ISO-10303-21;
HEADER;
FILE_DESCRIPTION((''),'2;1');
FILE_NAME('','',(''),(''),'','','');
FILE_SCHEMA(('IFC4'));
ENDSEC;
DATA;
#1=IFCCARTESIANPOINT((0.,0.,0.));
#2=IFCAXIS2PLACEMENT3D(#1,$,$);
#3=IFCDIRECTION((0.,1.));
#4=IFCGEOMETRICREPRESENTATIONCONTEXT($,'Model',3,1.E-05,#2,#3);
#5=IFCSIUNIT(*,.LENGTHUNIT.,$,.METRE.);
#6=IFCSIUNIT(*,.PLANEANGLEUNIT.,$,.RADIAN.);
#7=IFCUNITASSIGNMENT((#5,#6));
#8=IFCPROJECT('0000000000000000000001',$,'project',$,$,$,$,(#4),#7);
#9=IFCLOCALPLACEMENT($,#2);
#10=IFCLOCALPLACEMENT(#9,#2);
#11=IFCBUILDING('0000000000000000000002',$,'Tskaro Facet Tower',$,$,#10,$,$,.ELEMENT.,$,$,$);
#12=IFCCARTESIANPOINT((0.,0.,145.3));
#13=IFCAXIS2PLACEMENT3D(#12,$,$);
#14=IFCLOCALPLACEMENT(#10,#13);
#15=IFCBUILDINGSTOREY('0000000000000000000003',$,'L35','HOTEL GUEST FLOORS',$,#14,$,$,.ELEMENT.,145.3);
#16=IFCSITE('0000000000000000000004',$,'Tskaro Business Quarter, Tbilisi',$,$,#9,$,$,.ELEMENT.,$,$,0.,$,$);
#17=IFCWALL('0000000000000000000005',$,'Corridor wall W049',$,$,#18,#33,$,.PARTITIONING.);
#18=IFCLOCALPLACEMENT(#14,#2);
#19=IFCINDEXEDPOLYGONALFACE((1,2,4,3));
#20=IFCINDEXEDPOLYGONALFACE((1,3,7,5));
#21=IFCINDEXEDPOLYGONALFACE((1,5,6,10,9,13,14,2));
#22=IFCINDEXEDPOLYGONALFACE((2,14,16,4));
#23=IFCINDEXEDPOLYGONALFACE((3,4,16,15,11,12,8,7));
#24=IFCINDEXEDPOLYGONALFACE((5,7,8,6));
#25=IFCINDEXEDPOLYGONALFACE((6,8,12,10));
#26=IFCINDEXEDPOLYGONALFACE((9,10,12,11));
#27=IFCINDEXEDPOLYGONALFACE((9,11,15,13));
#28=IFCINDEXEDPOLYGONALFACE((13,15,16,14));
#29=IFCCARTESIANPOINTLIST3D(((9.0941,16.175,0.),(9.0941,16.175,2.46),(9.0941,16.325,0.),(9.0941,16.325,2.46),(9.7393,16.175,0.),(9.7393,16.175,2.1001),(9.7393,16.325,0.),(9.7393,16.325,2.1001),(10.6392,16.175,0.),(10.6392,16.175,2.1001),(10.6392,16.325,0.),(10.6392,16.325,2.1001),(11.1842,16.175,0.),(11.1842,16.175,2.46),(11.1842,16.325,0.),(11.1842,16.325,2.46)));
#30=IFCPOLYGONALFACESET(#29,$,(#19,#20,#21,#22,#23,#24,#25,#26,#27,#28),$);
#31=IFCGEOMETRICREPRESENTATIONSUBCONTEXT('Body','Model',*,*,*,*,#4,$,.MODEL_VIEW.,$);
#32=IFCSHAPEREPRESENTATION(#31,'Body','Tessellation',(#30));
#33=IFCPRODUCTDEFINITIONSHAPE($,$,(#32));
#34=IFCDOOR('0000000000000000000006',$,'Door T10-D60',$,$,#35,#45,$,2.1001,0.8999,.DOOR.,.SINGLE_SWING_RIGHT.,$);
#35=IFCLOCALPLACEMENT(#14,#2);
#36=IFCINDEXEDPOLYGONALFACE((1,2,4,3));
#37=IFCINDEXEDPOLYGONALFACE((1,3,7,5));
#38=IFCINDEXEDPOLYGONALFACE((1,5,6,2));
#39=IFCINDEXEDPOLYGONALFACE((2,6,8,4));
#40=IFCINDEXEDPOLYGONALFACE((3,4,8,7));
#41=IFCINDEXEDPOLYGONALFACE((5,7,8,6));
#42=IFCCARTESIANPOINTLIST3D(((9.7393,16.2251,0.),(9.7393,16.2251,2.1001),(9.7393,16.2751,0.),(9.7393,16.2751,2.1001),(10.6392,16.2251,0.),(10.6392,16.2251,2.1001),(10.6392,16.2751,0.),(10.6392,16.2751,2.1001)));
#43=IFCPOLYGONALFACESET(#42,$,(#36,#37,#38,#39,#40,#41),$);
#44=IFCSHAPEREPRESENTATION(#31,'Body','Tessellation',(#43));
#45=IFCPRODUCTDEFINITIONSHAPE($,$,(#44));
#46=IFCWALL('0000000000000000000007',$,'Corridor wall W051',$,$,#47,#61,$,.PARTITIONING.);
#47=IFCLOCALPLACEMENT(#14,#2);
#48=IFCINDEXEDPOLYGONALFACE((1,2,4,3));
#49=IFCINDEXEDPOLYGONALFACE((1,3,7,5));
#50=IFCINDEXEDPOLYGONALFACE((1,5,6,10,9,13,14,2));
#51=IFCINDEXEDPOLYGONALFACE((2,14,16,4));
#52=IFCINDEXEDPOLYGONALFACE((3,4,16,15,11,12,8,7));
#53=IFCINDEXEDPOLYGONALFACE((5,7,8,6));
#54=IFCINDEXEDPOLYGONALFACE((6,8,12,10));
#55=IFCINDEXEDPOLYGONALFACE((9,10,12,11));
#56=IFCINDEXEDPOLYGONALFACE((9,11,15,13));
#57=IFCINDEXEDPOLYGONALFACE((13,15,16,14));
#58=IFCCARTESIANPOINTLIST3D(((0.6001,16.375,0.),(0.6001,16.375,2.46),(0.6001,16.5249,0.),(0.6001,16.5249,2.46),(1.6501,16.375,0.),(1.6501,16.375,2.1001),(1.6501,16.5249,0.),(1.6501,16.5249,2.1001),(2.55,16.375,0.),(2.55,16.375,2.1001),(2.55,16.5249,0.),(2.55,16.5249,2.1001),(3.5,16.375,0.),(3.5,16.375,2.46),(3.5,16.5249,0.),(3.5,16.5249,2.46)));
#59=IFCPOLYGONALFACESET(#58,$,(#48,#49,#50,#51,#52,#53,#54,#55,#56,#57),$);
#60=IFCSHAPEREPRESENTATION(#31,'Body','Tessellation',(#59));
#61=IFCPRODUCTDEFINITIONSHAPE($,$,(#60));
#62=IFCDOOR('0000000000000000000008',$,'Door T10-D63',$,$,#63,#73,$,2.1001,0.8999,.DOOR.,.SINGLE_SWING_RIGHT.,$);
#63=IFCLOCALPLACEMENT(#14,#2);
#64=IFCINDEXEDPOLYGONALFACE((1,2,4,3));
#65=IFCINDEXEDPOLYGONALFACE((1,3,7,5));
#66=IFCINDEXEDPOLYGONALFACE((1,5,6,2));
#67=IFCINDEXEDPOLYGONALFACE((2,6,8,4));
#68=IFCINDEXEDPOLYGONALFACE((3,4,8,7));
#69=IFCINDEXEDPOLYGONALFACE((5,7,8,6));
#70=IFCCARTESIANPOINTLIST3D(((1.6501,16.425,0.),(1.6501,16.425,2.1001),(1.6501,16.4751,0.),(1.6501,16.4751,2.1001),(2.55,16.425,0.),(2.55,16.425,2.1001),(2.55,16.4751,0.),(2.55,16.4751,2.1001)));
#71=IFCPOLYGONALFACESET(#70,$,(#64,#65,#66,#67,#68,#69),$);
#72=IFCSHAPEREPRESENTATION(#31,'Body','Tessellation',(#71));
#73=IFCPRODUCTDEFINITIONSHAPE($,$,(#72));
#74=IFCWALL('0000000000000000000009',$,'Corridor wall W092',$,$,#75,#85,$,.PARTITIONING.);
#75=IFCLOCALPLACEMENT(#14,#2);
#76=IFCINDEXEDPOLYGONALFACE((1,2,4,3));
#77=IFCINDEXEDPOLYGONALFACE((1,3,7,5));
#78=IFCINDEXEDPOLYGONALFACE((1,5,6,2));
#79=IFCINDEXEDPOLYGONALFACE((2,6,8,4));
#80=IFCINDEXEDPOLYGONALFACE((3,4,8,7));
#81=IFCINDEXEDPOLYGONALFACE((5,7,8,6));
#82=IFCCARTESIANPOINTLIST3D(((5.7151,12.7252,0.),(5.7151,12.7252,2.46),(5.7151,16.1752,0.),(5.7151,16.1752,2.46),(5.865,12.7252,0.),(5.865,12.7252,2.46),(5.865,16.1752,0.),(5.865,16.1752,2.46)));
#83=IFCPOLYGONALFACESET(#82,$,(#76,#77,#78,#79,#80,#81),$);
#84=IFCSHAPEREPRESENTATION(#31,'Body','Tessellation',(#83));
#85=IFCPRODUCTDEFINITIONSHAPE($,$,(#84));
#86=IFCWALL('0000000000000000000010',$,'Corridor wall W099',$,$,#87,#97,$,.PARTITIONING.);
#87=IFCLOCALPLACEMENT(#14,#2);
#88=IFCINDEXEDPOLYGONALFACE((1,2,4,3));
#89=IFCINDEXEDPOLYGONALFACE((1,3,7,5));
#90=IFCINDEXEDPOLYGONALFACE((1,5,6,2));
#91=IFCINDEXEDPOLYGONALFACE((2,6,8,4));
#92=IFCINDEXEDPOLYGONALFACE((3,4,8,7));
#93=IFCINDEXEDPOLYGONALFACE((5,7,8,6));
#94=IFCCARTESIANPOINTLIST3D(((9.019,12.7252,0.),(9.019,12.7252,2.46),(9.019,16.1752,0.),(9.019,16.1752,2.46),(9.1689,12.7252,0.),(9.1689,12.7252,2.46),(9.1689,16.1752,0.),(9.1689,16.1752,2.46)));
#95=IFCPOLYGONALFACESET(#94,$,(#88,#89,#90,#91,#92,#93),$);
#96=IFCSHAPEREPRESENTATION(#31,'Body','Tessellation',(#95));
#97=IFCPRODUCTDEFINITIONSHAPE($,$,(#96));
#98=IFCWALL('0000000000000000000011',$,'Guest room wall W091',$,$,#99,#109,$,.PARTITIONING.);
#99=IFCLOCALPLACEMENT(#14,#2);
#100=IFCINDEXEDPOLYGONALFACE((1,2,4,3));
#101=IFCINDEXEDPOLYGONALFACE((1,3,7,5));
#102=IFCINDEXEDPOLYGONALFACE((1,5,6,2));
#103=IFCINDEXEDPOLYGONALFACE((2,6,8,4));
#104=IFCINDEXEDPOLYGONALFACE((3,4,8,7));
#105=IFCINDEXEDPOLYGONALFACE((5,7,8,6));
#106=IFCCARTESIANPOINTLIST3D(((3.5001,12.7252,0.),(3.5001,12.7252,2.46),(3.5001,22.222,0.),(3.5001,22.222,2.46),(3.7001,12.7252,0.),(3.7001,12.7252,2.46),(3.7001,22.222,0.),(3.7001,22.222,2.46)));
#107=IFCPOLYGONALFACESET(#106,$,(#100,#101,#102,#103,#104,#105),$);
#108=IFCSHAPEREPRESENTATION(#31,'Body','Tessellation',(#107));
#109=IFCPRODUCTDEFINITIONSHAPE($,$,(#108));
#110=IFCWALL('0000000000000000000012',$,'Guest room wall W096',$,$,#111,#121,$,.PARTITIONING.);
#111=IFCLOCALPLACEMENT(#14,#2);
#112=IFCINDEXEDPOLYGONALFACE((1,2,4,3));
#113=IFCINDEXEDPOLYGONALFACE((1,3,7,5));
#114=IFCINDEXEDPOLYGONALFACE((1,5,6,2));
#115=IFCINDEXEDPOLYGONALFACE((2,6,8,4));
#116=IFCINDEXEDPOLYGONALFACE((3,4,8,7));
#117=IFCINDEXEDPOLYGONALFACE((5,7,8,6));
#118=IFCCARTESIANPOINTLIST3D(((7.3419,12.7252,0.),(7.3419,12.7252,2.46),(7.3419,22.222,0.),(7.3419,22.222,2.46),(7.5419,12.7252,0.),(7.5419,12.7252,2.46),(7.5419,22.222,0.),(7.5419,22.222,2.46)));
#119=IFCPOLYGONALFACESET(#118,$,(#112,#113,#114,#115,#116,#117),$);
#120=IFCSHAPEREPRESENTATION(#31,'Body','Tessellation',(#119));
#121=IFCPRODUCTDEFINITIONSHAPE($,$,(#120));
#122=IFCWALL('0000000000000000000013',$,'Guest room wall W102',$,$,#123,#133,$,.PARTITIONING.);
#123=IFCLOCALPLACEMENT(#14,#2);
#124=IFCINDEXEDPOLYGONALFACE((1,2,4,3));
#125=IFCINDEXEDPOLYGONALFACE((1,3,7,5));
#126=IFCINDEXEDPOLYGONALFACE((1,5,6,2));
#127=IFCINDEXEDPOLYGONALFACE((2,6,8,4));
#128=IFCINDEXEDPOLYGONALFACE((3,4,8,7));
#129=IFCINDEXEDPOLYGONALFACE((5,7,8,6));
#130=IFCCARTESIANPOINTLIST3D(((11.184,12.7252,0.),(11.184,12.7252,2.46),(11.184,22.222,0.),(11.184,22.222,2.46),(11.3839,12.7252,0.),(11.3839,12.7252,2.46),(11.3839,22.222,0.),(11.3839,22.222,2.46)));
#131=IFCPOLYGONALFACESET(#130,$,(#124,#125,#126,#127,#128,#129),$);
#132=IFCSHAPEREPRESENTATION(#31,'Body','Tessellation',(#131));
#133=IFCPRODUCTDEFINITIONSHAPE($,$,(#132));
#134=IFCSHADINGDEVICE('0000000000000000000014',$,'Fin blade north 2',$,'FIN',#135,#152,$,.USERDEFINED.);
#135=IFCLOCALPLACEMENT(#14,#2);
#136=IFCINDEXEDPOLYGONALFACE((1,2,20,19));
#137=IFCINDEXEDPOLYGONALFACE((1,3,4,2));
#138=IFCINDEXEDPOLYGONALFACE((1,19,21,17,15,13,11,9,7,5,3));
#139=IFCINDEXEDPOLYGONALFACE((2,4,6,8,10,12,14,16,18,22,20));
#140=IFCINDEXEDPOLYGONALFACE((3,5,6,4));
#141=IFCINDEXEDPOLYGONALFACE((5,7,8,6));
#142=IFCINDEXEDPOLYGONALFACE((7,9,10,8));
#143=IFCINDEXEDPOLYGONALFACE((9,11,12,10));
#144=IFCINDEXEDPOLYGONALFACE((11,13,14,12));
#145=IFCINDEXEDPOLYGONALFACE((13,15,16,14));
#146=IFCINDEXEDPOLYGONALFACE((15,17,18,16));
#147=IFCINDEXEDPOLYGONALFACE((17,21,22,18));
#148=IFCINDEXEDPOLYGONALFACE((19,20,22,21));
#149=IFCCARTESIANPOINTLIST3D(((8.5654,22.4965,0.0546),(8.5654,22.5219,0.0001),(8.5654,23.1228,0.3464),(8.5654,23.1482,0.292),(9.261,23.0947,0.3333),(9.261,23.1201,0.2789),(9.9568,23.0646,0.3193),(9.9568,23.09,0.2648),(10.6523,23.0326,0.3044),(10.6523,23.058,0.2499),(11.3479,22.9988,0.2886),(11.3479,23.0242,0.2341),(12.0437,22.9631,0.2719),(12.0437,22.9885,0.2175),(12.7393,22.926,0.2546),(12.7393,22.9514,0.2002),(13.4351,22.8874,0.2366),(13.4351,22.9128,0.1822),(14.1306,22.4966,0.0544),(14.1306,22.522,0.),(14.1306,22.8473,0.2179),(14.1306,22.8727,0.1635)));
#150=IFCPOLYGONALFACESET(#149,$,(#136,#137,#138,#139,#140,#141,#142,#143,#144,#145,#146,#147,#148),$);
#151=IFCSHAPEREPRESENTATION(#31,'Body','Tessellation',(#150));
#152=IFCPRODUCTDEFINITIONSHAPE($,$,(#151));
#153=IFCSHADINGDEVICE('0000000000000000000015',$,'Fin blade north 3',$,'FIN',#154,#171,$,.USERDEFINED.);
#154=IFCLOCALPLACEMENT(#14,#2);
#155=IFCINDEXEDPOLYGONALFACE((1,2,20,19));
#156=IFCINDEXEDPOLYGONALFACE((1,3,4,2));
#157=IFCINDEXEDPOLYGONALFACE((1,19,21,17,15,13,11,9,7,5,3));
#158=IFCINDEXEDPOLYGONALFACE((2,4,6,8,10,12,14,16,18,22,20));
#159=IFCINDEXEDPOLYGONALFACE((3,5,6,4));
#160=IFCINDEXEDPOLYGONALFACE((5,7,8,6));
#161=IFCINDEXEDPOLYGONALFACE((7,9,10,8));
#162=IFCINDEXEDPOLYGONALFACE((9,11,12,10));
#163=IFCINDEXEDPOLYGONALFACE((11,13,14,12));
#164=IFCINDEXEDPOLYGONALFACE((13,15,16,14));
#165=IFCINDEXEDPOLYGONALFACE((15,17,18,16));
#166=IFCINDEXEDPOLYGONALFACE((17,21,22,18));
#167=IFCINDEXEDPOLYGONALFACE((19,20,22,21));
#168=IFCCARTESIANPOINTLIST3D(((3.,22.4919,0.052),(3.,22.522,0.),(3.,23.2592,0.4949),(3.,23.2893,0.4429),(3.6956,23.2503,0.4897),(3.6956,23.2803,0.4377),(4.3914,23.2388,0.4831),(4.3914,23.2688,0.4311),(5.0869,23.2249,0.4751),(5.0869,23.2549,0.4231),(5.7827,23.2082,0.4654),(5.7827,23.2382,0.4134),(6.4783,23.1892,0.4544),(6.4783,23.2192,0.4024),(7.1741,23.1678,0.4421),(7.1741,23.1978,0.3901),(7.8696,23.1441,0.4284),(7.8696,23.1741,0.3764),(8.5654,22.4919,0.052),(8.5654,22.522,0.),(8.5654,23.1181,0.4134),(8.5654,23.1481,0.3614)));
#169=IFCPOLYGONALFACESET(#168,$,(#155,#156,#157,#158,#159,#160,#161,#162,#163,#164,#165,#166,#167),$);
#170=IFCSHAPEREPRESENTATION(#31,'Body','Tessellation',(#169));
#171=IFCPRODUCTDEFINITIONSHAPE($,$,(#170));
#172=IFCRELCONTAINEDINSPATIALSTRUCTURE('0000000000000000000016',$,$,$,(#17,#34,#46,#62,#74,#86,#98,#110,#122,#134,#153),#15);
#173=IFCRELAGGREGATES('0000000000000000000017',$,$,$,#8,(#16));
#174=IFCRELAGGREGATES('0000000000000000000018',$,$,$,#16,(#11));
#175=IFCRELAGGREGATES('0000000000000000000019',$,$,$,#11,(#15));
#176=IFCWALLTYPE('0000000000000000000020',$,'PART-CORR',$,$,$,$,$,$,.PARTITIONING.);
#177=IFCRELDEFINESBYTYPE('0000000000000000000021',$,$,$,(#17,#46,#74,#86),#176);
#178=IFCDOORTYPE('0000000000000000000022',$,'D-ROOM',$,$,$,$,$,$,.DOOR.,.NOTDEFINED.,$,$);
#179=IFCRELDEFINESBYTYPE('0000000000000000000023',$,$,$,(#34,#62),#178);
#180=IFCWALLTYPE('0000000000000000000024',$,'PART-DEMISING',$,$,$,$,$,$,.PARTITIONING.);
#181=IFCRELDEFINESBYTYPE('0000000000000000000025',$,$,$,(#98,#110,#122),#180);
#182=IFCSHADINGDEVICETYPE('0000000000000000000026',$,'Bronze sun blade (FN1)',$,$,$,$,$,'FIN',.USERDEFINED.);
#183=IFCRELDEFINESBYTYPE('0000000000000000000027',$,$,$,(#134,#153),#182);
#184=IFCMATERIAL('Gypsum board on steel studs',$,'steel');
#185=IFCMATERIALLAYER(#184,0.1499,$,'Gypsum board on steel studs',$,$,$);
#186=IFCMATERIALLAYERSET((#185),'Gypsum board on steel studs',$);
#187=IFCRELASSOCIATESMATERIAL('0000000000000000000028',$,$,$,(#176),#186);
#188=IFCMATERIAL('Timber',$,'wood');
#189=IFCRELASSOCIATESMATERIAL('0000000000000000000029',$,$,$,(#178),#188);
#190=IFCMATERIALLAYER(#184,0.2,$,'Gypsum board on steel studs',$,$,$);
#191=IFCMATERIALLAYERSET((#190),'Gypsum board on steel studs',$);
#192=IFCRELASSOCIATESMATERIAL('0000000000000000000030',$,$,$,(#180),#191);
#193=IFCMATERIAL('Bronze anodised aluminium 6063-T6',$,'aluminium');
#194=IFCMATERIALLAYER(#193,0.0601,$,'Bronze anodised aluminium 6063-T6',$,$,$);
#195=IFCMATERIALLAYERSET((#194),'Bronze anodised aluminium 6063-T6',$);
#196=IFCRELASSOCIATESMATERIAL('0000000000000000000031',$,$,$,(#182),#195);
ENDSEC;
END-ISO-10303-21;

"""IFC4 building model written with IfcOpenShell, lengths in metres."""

from ifc_helpers import new_model, si_unit, direction, frame, frame_2d, origin, place, context, subcontext, project, spatial, polyline, rectangle, outline, extrude, material, layer, layer_set, type_object, element, fill, save


model = new_model("IFC4")

# Units and contexts
model_context = context("Model", 3, precision=1e-05, world=origin(), true_north=direction((0.0, 1.0)))
body_context = subcontext(model_context, "Body", "Model", "MODEL_VIEW")
ifc_project = project(units=[si_unit("LENGTHUNIT", "METRE"), si_unit("PLANEANGLEUNIT", "RADIAN")], contexts=[model_context])

# Site, building, storey
site_placement = place(None, origin())
site = spatial("IfcSite", under=ifc_project, at=site_placement, Name="Tskaro Business Quarter, Tbilisi", CompositionType="ELEMENT", RefElevation=0.0)
building_placement = place(site_placement, origin())
building = spatial("IfcBuilding", under=site, at=building_placement, Name="Tskaro Facet Tower", CompositionType="ELEMENT")
storey_placement = place(building_placement, frame((0.0, 0.0, 145.3)))
storey = spatial("IfcBuildingStorey", under=building, at=storey_placement, Name="L35", Description="HOTEL GUEST FLOORS", CompositionType="ELEMENT", Elevation=145.3)

# Shared definitions
ifc_material_1 = material(Name="Bronze anodised aluminium 6063-T6", Category="aluminium")

# Walls, openings, doors
ifc_material_2 = material(Name="Gypsum board on steel studs", Category="steel")
ifc_layer_1 = layer(ifc_material_2, 0.1499, Name="Gypsum board on steel studs")
ifc_layer_set_1 = layer_set([ifc_layer_1], Name="Gypsum board on steel studs")
wall_type_1 = type_object("IfcWallType", Name="PART-CORR", PredefinedType="PARTITIONING", material=ifc_layer_set_1)
ifc_material_3 = material(Name="Timber", Category="wood")
door_type = type_object("IfcDoorType", Name="D-ROOM", OperationType="NOTDEFINED", PredefinedType="DOOR", material=ifc_material_3)
wall_1_placement = place(storey_placement, frame((11.1841, 16.25, 0.0), z_axis=(0.0, 0.0, 1.0), x_axis=(-1.0, 0.0, 0.0)))
wall_1 = element("IfcWall", 1, at=wall_1_placement, inside=storey, type_object=wall_type_1, Name="Corridor wall W049", PredefinedType="PARTITIONING", context=body_context, shape_type="SweptSolid", body=[
    extrude(rectangle(XDim=2.0901, YDim=0.1499, at=frame_2d((1.0449, 0.0))), origin(), (0.0, 0.0, 1.0), 2.46),
])
opening_1_placement = place(wall_1_placement, frame((0.5449, 0.0, 0.0)))
opening_1 = element("IfcOpeningElement", 2, at=opening_1_placement, cuts=wall_1, PredefinedType="OPENING", context=body_context, shape_type="SweptSolid", body=[
    extrude(rectangle(XDim=0.8999, YDim=2.1001, at=frame_2d((0.45, 1.05))), frame((0.0, 0.085, 0.0), z_axis=(0.0, -1.0, 0.0), x_axis=(1.0, 0.0, 0.0)), (0.0, 0.0, 1.0), 0.1699),
])
door_1_placement = place(opening_1_placement, origin())
door_1 = element("IfcDoor", 3, at=door_1_placement, inside=storey, type_object=door_type, Name="Door T10-D60", OperationType="SINGLE_SWING_RIGHT", OverallHeight=2.1001, OverallWidth=0.8999, PredefinedType="DOOR", context=body_context, shape_type="SweptSolid", body=[
    extrude(rectangle(XDim=0.8999, YDim=2.1001, at=frame_2d((0.45, 1.05))), frame((0.0, 0.0249, 0.0), z_axis=(0.0, -1.0, 0.0), x_axis=(1.0, 0.0, 0.0)), (0.0, 0.0, 1.0), 0.05),
])
fill(opening_1, door_1)
wall_2_placement = place(storey_placement, frame((3.5, 16.45, 0.0), z_axis=(0.0, 0.0, 1.0), x_axis=(-1.0, 0.0, 0.0)))
wall_2 = element("IfcWall", 4, at=wall_2_placement, inside=storey, type_object=wall_type_1, Name="Corridor wall W051", PredefinedType="PARTITIONING", context=body_context, shape_type="SweptSolid", body=[
    extrude(rectangle(XDim=2.8999, YDim=0.1499, at=frame_2d((1.45, 0.0))), origin(), (0.0, 0.0, 1.0), 2.46),
])
opening_2_placement = place(wall_2_placement, frame((0.95, 0.0, 0.0)))
opening_2 = element("IfcOpeningElement", 5, at=opening_2_placement, cuts=wall_2, PredefinedType="OPENING", context=body_context, shape_type="SweptSolid", body=[
    extrude(rectangle(XDim=0.8999, YDim=2.1001, at=frame_2d((0.45, 1.05))), frame((0.0, 0.085, 0.0), z_axis=(0.0, -1.0, 0.0), x_axis=(1.0, 0.0, 0.0)), (0.0, 0.0, 1.0), 0.1699),
])
door_2_placement = place(opening_2_placement, origin())
door_2 = element("IfcDoor", 6, at=door_2_placement, inside=storey, type_object=door_type, Name="Door T10-D63", OperationType="SINGLE_SWING_RIGHT", OverallHeight=2.1001, OverallWidth=0.8999, PredefinedType="DOOR", context=body_context, shape_type="SweptSolid", body=[
    extrude(rectangle(XDim=0.8999, YDim=2.1001, at=frame_2d((0.45, 1.05))), frame((0.0, 0.0249, 0.0), z_axis=(0.0, -1.0, 0.0), x_axis=(1.0, 0.0, 0.0)), (0.0, 0.0, 1.0), 0.05),
])
fill(opening_2, door_2)

# Walls
for number, where, z_axis, x_axis, name in (
    (7, (5.79, 12.7251, 0.0), (0.0, 0.0, 1.0), (0.0, 1.0, 0.0), "Corridor wall W092"),
    (8, (9.094, 12.7251, 0.0), (0.0, 0.0, 1.0), (0.0, 1.0, 0.0), "Corridor wall W099"),
):
    element("IfcWall", number, at=place(storey_placement, frame(where, z_axis=z_axis, x_axis=x_axis)), inside=storey, type_object=wall_type_1, Name=name, PredefinedType="PARTITIONING", context=body_context, shape_type="SweptSolid", body=[
        extrude(rectangle(XDim=3.45, YDim=0.1499, at=frame_2d((1.7251, 0.0))), origin(), (0.0, 0.0, 1.0), 2.46),
    ])
ifc_layer_2 = layer(ifc_material_2, 0.2, Name="Gypsum board on steel studs")
ifc_layer_set_2 = layer_set([ifc_layer_2], Name="Gypsum board on steel studs")
wall_type_2 = type_object("IfcWallType", Name="PART-DEMISING", PredefinedType="PARTITIONING", material=ifc_layer_set_2)
for number, where, z_axis, x_axis, name in (
    (9, (3.6001, 12.7251, 0.0), (0.0, 0.0, 1.0), (0.0, 1.0, 0.0), "Guest room wall W091"),
    (10, (7.4419, 12.7251, 0.0), (0.0, 0.0, 1.0), (0.0, 1.0, 0.0), "Guest room wall W096"),
    (11, (11.2839, 12.7251, 0.0), (0.0, 0.0, 1.0), (0.0, 1.0, 0.0), "Guest room wall W102"),
):
    element("IfcWall", number, at=place(storey_placement, frame(where, z_axis=z_axis, x_axis=x_axis)), inside=storey, type_object=wall_type_2, Name=name, PredefinedType="PARTITIONING", context=body_context, shape_type="SweptSolid", body=[
        extrude(rectangle(XDim=9.4968, YDim=0.2, at=frame_2d((4.7485, 0.0))), origin(), (0.0, 0.0, 1.0), 2.46),
    ])

# Shading devices
ifc_layer_3 = layer(ifc_material_1, 0.0601, Name="Bronze anodised aluminium 6063-T6")
ifc_layer_set_3 = layer_set([ifc_layer_3], Name="Bronze anodised aluminium 6063-T6")
shading_device_type = type_object("IfcShadingDeviceType", Name="Bronze sun blade (FN1)", ElementType="FIN", PredefinedType="USERDEFINED", material=ifc_layer_set_3)
shading_device_1_placement = place(storey_placement, frame((14.1306, 22.4966, 0.0544), z_axis=(0.000025, -0.422424, 0.906398), x_axis=(-1.0, -0.00001, 0.000022)))
element("IfcShadingDevice", 12, at=shading_device_1_placement, inside=storey, type_object=shading_device_type, Name="Fin blade north 2", ObjectType="FIN", PredefinedType="USERDEFINED", context=body_context, shape_type="SweptSolid", body=[
    extrude(outline(polyline([(0.0, 0.0), (5.5652, 0.0), (5.5652, -0.6909), (4.8696, -0.6599), (4.1738, -0.6267), (3.4783, -0.5915), (2.7827, -0.5541), (2.0869, -0.5148), (1.3914, -0.4738), (0.6956, -0.4312), (0.0, -0.387), (0.0, 0.0)])), origin(), (0.0, 0.0, -1.0), 0.0601),
])
shading_device_2_placement = place(storey_placement, frame((8.5654, 22.4919, 0.052), z_axis=(0.000006, -0.499905, 0.86608), x_axis=(-1.0, -0.000003, 0.000005)))
element("IfcShadingDevice", 13, at=shading_device_2_placement, inside=storey, type_object=shading_device_type, Name="Fin blade north 3", ObjectType="FIN", PredefinedType="USERDEFINED", context=body_context, shape_type="SweptSolid", body=[
    extrude(outline(polyline([(0.0, 0.0), (5.5654, 0.0), (5.5654, -0.886), (4.8699, -0.8756), (4.1741, -0.8623), (3.4785, -0.8463), (2.7827, -0.827), (2.0872, -0.805), (1.3914, -0.7803), (0.6958, -0.753), (0.0, -0.723), (0.0, 0.0)])), origin(), (0.0, 0.0, -1.0), 0.0601),
])

save(model, "model.ifc")
